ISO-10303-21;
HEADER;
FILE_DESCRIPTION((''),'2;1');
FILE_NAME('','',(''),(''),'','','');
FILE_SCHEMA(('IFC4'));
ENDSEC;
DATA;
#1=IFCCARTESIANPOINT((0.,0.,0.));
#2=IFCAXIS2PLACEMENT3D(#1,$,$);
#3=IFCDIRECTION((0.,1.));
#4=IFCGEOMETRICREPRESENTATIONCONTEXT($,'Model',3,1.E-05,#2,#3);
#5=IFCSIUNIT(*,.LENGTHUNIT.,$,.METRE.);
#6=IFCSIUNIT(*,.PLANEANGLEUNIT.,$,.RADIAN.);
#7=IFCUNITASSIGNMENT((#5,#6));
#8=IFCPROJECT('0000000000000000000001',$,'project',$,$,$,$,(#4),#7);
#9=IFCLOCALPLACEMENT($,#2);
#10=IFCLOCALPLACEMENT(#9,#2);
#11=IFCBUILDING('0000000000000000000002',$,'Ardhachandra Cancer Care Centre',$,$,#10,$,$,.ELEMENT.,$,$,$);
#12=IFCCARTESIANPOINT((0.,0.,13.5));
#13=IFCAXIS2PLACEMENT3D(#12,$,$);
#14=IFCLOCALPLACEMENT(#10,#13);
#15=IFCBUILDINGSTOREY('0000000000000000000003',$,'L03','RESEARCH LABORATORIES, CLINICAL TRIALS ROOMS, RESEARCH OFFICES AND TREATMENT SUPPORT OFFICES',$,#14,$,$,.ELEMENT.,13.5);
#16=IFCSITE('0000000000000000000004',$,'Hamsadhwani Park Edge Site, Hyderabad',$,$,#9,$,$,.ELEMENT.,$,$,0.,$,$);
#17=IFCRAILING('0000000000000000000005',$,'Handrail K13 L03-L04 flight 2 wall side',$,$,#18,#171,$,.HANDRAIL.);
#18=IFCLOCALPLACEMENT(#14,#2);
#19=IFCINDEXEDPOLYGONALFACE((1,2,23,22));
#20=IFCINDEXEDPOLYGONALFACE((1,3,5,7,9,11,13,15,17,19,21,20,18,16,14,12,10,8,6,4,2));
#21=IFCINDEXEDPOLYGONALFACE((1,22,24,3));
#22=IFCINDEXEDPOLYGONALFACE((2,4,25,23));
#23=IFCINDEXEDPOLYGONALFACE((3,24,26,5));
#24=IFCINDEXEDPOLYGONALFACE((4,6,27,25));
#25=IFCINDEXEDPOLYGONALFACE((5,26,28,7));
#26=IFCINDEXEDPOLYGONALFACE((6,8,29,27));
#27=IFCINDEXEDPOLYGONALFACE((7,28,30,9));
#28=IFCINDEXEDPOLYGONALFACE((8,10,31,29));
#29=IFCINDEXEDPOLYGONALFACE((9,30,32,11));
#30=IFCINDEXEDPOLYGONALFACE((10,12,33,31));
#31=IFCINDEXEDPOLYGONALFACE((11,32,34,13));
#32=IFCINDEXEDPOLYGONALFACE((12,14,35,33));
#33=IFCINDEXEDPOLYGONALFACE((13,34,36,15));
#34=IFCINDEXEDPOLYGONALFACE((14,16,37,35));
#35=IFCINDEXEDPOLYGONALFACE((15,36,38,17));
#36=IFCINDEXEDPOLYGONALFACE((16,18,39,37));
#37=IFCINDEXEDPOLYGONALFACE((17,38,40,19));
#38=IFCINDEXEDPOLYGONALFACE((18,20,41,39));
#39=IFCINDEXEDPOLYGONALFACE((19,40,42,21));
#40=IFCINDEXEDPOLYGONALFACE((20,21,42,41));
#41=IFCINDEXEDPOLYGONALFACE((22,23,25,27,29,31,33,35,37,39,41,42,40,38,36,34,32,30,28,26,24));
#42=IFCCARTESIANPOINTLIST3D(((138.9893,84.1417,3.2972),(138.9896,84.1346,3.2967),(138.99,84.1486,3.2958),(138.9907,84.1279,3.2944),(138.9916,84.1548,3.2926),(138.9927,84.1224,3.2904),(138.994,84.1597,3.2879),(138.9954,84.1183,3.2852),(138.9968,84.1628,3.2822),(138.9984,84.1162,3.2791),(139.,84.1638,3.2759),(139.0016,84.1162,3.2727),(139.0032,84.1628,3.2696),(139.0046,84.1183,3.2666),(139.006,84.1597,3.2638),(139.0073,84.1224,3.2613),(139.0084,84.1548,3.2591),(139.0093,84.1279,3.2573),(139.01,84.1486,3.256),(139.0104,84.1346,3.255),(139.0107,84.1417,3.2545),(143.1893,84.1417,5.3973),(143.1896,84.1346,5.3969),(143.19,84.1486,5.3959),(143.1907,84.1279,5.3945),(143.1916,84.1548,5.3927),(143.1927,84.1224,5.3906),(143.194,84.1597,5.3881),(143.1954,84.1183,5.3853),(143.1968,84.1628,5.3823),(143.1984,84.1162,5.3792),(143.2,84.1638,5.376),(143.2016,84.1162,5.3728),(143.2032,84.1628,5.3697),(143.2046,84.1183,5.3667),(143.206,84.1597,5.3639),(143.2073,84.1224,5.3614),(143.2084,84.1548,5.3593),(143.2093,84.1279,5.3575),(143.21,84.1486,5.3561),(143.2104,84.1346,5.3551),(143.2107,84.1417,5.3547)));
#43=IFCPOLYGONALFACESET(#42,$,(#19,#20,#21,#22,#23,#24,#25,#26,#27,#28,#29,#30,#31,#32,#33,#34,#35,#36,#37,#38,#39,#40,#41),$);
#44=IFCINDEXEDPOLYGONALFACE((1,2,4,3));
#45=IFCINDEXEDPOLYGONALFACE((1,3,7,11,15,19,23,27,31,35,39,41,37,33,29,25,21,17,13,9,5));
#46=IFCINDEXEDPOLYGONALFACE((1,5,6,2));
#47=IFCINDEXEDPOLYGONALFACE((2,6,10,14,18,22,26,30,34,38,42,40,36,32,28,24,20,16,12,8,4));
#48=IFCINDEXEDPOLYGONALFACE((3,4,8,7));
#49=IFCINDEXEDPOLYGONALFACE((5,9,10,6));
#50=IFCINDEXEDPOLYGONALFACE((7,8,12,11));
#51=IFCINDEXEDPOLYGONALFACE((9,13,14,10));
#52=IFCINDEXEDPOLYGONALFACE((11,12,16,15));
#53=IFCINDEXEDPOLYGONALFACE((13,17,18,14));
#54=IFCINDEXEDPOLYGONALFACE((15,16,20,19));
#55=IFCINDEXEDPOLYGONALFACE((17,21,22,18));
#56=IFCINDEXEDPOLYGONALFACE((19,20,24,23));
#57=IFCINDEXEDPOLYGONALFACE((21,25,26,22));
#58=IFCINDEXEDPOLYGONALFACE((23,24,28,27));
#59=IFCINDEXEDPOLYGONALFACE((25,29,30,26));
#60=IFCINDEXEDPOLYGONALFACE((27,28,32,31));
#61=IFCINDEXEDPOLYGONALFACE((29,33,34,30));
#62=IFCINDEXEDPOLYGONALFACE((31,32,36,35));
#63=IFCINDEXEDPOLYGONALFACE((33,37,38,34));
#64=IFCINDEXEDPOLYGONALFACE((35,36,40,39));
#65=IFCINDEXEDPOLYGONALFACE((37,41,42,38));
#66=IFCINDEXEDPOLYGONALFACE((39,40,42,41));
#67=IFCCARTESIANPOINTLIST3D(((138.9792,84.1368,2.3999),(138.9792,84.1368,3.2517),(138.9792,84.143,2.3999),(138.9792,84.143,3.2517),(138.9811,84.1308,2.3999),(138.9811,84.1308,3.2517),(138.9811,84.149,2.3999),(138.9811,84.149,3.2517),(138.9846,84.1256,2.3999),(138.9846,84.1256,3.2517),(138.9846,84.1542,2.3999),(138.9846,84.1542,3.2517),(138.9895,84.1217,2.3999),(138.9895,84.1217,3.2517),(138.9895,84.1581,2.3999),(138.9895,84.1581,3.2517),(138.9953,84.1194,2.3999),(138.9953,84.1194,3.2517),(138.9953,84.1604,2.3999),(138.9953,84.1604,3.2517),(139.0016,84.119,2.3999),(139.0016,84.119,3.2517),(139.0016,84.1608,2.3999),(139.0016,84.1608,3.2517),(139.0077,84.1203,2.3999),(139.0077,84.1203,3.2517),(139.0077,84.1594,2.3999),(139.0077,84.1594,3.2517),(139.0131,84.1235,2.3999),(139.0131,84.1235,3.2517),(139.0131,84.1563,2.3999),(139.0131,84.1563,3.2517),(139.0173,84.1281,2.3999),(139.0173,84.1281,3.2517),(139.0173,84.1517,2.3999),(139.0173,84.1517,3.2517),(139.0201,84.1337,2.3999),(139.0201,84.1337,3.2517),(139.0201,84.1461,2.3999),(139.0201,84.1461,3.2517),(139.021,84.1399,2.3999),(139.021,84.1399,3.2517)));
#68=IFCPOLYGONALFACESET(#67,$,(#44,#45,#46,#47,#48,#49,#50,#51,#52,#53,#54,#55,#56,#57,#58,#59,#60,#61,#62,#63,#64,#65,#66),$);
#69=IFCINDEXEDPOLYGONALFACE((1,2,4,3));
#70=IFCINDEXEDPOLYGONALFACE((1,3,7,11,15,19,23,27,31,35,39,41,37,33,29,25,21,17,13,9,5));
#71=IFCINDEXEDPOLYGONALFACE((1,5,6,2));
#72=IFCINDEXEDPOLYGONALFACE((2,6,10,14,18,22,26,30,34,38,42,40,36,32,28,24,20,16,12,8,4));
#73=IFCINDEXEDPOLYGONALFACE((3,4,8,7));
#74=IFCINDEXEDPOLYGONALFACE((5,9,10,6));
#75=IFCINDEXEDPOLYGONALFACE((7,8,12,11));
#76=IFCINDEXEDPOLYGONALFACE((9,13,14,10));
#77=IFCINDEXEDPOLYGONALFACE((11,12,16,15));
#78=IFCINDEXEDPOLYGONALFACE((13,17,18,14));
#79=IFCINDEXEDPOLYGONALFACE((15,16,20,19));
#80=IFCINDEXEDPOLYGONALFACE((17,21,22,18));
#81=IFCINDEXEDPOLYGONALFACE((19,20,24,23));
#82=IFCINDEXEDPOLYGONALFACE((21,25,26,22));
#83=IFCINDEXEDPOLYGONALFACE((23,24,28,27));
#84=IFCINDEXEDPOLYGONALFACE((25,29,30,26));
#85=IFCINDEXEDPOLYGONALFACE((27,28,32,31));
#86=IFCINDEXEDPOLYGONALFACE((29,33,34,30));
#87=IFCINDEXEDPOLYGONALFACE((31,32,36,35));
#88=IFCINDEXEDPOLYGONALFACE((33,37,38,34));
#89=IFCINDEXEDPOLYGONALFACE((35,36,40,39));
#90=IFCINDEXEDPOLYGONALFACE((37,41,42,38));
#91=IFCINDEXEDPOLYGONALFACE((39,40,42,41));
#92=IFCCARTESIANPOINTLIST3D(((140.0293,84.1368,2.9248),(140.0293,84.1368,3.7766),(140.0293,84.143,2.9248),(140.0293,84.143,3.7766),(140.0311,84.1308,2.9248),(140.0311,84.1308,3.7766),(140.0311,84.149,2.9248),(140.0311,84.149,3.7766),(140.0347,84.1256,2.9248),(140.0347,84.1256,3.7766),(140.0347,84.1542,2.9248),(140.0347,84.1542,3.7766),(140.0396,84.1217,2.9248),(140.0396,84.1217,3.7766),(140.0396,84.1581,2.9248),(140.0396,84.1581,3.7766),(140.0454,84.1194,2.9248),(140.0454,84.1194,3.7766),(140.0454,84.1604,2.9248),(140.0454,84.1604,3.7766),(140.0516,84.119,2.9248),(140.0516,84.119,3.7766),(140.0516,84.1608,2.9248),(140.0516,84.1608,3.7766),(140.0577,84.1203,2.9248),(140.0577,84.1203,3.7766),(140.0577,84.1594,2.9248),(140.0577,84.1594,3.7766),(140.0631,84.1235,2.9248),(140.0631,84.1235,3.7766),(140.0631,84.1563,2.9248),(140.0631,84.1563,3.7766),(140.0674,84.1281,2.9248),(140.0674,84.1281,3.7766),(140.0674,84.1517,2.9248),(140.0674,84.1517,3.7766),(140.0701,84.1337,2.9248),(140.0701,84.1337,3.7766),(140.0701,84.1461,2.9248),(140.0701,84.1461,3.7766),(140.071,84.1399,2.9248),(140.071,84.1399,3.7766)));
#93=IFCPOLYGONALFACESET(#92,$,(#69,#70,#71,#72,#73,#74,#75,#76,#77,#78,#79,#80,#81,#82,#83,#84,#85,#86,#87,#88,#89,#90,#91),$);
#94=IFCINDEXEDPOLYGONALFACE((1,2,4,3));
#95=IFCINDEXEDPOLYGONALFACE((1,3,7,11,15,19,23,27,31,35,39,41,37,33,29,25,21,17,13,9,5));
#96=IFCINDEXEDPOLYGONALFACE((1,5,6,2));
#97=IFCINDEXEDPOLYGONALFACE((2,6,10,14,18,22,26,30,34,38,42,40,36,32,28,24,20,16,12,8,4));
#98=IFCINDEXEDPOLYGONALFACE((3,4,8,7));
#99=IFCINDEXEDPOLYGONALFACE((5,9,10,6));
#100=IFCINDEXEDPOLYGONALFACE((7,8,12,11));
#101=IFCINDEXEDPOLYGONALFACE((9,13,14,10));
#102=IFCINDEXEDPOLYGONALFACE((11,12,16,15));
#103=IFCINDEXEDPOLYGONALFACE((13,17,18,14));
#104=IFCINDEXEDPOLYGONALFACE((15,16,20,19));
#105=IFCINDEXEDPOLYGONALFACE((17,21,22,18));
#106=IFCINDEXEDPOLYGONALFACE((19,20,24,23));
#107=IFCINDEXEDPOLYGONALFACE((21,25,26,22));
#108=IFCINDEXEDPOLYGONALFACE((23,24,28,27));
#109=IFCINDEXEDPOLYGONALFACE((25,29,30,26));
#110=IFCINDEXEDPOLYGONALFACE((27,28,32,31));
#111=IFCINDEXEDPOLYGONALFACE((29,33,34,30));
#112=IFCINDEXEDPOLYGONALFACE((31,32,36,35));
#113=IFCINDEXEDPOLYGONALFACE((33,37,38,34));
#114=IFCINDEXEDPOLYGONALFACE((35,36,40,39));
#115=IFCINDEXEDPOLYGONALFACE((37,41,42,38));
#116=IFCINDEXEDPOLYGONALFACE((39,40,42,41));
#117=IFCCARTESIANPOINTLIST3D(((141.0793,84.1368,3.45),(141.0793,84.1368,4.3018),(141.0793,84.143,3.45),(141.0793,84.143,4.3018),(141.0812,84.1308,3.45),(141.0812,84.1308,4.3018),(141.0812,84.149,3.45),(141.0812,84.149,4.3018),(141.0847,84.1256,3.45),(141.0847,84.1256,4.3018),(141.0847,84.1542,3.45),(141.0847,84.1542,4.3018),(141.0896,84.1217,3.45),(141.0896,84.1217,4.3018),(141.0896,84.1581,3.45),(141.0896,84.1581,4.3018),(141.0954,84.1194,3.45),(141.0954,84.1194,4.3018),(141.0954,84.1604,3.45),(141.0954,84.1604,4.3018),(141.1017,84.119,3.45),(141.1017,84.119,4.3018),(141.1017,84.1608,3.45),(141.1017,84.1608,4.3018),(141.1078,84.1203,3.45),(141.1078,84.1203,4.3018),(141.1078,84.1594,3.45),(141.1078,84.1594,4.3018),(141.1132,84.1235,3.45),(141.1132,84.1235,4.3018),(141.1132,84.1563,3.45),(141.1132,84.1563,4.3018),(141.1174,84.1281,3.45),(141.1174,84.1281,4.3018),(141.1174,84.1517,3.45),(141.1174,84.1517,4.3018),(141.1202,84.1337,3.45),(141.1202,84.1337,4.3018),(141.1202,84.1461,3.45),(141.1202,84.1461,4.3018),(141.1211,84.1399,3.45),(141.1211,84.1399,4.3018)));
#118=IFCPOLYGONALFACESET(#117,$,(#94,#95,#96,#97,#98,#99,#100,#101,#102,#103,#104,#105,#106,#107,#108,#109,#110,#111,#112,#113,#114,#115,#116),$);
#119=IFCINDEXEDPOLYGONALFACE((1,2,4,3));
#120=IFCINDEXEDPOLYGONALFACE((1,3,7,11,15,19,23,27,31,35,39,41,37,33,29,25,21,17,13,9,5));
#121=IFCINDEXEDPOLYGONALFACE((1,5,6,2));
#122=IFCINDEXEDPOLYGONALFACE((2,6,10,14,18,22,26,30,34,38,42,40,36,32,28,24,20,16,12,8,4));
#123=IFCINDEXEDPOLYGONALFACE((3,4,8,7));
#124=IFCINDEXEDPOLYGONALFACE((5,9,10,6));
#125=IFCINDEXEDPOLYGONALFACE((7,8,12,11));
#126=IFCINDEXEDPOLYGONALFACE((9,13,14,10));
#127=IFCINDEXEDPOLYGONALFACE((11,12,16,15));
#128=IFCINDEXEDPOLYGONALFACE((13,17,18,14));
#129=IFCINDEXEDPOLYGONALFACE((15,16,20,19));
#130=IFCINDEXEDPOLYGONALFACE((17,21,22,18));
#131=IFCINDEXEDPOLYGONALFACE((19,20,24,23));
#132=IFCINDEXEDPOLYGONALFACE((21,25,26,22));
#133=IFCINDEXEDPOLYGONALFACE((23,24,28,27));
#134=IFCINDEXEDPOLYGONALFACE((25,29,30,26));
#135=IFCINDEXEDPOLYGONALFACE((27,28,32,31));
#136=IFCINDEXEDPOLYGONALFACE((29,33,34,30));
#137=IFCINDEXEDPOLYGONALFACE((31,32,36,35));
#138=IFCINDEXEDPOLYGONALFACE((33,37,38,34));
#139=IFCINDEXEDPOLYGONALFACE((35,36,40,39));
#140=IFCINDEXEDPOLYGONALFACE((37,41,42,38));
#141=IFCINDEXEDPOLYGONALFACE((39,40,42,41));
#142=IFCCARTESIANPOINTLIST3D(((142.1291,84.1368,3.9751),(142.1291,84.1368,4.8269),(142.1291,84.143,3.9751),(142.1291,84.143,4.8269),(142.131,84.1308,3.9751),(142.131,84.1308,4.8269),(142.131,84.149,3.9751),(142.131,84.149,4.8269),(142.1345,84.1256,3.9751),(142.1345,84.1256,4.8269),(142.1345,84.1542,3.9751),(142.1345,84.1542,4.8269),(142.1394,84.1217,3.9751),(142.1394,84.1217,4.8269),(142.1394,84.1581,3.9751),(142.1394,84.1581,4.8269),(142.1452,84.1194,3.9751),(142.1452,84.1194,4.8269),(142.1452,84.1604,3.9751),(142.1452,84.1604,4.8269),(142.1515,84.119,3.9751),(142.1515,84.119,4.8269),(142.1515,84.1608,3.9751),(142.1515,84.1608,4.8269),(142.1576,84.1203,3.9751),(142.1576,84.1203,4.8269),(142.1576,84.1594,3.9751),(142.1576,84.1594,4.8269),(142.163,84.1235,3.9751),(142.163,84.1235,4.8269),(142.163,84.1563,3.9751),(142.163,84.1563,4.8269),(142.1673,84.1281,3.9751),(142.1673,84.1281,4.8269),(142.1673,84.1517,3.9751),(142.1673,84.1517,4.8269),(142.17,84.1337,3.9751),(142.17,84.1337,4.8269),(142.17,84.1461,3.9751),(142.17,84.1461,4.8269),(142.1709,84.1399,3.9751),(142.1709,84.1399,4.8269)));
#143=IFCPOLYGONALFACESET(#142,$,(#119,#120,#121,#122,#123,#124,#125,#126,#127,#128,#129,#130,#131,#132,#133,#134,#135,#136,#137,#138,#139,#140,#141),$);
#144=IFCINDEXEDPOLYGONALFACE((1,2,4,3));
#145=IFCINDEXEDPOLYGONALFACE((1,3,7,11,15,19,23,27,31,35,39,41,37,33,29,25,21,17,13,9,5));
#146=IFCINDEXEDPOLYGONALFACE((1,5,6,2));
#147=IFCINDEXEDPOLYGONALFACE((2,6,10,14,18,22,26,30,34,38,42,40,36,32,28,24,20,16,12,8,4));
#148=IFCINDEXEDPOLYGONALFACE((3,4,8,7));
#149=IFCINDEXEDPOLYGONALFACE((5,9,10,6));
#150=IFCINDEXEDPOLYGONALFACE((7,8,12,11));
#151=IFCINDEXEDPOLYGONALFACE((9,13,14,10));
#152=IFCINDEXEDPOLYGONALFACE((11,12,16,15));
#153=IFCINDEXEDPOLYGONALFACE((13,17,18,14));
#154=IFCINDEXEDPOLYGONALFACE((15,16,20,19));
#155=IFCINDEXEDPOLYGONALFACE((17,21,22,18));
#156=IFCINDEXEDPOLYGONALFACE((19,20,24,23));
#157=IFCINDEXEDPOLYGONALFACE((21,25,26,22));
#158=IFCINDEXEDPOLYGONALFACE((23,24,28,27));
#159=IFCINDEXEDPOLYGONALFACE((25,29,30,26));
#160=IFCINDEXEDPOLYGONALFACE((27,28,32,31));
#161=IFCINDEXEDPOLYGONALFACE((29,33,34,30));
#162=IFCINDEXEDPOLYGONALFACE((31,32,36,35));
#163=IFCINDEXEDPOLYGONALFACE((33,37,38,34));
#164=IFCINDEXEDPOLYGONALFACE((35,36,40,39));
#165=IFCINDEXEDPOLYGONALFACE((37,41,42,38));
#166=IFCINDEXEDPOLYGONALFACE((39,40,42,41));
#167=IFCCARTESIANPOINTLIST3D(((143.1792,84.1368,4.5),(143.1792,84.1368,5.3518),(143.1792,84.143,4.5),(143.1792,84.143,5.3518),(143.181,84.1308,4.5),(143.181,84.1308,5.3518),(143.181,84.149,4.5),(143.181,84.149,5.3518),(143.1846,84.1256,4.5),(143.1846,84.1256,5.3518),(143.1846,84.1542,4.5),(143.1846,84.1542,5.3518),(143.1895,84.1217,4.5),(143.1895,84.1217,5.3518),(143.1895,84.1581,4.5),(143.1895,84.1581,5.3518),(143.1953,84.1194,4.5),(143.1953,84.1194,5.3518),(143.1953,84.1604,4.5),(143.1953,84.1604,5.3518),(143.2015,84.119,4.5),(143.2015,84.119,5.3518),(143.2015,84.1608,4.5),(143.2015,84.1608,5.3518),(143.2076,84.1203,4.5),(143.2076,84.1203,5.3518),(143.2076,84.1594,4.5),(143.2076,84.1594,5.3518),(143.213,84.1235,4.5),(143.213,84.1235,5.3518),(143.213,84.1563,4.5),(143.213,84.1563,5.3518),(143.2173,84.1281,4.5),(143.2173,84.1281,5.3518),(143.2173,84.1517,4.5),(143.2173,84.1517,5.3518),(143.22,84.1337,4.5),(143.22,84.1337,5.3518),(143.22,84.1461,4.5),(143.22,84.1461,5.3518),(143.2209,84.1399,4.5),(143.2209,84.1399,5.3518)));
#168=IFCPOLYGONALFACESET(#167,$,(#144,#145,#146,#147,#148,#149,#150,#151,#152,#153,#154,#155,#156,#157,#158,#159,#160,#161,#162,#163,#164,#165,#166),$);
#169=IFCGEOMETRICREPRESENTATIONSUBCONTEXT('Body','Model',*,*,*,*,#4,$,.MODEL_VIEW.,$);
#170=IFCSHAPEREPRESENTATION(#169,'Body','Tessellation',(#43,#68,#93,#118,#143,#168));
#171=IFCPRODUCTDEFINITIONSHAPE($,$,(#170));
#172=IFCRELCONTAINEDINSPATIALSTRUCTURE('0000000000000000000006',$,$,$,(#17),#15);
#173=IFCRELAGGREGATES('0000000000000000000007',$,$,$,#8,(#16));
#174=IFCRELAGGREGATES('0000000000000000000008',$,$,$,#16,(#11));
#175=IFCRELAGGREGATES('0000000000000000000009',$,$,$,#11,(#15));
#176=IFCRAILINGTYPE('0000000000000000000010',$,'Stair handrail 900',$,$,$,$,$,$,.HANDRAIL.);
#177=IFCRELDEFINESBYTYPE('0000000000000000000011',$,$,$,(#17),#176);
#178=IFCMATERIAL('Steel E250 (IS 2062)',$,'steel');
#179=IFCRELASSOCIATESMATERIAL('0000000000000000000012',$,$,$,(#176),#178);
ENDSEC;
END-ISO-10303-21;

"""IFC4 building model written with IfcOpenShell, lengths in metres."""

from ifc_helpers import new_model, si_unit, direction, frame, origin, origin_2d, place, context, subcontext, project, spatial, circle, extrude, material, type_object, element, save


model = new_model("IFC4")

# Units and contexts
model_context = context("Model", 3, precision=1e-05, world=origin(), true_north=direction((0.0, 1.0)))
body_context = subcontext(model_context, "Body", "Model", "MODEL_VIEW")
ifc_project = project(units=[si_unit("LENGTHUNIT", "METRE"), si_unit("PLANEANGLEUNIT", "RADIAN")], contexts=[model_context])

# Site, building, storey
site_placement = place(None, origin())
site = spatial("IfcSite", under=ifc_project, at=site_placement, Name="Hamsadhwani Park Edge Site, Hyderabad", CompositionType="ELEMENT", RefElevation=0.0)
building_placement = place(site_placement, origin())
building = spatial("IfcBuilding", under=site, at=building_placement, Name="Ardhachandra Cancer Care Centre", CompositionType="ELEMENT")
storey_placement = place(building_placement, frame((0.0, 0.0, 13.5)))
storey = spatial("IfcBuildingStorey", under=building, at=storey_placement, Name="L03", Description="RESEARCH LABORATORIES, CLINICAL TRIALS ROOMS, RESEARCH OFFICES AND TREATMENT SUPPORT OFFICES", CompositionType="ELEMENT", Elevation=13.5)

# Railing
ifc_material_1 = material(Name="Steel E250 (IS 2062)", Category="steel")
railing_type_1 = type_object("IfcRailingType", Name="Stair handrail 900", PredefinedType="HANDRAIL", material=ifc_material_1)
for number, where, name in (
    (1, (139.0, 84.1399, 2.3999), "Handrail K13 L03-L04 flight 2 wall side"),
):
    element("IfcRailing", number, at=place(storey_placement, frame(where)), inside=storey, type_object=railing_type_1, Name=name, PredefinedType="HANDRAIL", context=body_context, shape_type="SweptSolid", body=[
        extrude(circle(Radius=0.0239, at=origin_2d()), frame((0.0, 0.0, 0.876), z_axis=(0.894417, 0.0, 0.447234), x_axis=(0.0, 1.0, 0.0)), (0.0, 0.0, 1.0), 4.6958),
        extrude(circle(Radius=0.021, at=origin_2d()), origin(), (0.0, 0.0, 1.0), 0.8518),
        extrude(circle(Radius=0.021, at=origin_2d()), frame((1.05, 0.0, 0.5249)), (0.0, 0.0, 1.0), 0.8518),
        extrude(circle(Radius=0.021, at=origin_2d()), frame((2.1001, 0.0, 1.05)), (0.0, 0.0, 1.0), 0.8518),
        extrude(circle(Radius=0.021, at=origin_2d()), frame((3.1499, 0.0, 1.5752)), (0.0, 0.0, 1.0), 0.8518),
        extrude(circle(Radius=0.021, at=origin_2d()), frame((4.2, 0.0, 2.1001)), (0.0, 0.0, 1.0), 0.8518),
    ])

save(model, "model.ifc")
